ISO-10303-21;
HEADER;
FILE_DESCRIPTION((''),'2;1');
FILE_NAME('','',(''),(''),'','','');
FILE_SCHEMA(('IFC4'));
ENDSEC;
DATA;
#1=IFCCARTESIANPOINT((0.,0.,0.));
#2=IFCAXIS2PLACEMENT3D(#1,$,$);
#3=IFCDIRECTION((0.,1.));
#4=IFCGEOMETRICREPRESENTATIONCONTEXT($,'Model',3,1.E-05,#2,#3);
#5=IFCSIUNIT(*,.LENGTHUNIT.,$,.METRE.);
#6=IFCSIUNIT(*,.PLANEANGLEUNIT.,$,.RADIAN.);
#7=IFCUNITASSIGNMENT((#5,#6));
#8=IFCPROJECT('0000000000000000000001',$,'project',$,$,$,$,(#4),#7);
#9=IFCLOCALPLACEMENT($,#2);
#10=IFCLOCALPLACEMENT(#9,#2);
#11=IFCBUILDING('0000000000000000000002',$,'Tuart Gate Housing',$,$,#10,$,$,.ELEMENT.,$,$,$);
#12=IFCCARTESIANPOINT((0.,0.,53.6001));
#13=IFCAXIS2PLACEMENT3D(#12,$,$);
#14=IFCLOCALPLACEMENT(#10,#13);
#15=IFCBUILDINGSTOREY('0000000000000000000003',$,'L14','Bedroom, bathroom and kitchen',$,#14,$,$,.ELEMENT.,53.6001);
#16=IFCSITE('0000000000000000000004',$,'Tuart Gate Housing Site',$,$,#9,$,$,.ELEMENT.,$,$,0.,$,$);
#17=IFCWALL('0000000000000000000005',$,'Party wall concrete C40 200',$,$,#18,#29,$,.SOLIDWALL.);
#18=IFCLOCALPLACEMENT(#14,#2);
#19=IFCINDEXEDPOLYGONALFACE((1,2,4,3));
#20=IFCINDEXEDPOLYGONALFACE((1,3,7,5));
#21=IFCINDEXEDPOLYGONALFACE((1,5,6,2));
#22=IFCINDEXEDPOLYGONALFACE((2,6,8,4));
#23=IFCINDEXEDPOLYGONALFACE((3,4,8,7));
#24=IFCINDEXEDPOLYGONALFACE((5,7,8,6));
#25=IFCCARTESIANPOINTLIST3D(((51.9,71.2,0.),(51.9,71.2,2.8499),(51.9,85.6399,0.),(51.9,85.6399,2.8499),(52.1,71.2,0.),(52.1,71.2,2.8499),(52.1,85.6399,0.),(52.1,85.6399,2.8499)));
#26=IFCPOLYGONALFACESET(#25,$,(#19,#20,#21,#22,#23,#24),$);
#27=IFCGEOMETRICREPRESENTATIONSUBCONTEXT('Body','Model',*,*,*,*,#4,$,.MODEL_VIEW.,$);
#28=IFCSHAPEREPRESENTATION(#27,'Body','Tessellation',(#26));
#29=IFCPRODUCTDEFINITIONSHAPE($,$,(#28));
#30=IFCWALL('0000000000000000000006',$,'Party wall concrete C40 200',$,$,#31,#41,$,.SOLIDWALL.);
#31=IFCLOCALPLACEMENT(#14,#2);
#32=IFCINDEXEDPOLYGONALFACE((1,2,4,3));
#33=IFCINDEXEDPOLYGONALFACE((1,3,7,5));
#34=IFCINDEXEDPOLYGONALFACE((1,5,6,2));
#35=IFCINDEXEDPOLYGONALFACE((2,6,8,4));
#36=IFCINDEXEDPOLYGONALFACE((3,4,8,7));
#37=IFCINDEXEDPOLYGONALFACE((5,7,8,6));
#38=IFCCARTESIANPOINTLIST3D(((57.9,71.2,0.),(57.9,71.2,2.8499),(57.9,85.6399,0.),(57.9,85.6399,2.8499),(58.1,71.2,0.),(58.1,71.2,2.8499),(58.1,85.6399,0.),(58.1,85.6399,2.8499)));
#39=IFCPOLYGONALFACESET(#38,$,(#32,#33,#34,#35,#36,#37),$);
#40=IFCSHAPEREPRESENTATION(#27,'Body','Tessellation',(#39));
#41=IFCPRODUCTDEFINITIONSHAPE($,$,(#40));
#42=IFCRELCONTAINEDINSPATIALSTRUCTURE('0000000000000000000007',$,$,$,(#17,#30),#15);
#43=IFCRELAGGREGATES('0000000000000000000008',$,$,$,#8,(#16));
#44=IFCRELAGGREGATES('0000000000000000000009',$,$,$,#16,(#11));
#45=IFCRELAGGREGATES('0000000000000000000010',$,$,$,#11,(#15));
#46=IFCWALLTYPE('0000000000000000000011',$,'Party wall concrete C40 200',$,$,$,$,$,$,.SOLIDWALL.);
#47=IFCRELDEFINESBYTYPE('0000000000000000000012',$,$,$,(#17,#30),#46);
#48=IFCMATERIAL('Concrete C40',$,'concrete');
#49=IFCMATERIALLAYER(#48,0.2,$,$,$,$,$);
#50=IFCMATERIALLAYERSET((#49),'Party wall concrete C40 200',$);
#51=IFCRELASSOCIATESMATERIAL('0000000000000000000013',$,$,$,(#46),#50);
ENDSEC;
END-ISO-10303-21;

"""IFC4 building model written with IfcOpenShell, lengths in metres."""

from ifc_helpers import new_model, si_unit, direction, frame, frame_2d, origin, place, context, subcontext, project, spatial, rectangle, extrude, material, layer, layer_set, type_object, element, save


model = new_model("IFC4")

# Units and contexts
model_context = context("Model", 3, precision=1e-05, world=origin(), true_north=direction((0.0, 1.0)))
body_context = subcontext(model_context, "Body", "Model", "MODEL_VIEW")
ifc_project = project(units=[si_unit("LENGTHUNIT", "METRE"), si_unit("PLANEANGLEUNIT", "RADIAN")], contexts=[model_context])

# Site, building, storey
site_placement = place(None, origin())
site = spatial("IfcSite", under=ifc_project, at=site_placement, Name="Tuart Gate Housing Site", CompositionType="ELEMENT", RefElevation=0.0)
building_placement = place(site_placement, origin())
building = spatial("IfcBuilding", under=site, at=building_placement, Name="Tuart Gate Housing", CompositionType="ELEMENT")
storey_placement = place(building_placement, frame((0.0, 0.0, 53.6001)))
storey = spatial("IfcBuildingStorey", under=building, at=storey_placement, Name="L14", Description="Bedroom, bathroom and kitchen", CompositionType="ELEMENT", Elevation=53.6001)

# Walls
ifc_material_1 = material(Name="Concrete C40", Category="concrete")
ifc_layer_1 = layer(ifc_material_1, 0.2)
ifc_layer_set_1 = layer_set([ifc_layer_1], Name="Party wall concrete C40 200")
wall_type_1 = type_object("IfcWallType", Name="Party wall concrete C40 200", PredefinedType="SOLIDWALL", material=ifc_layer_set_1)
for number, where, z_axis, x_axis, name in (
    (1, (52.0, 71.2, 0.0), (0.0, 0.0, 1.0), (0.0, 1.0, 0.0), "Party wall concrete C40 200"),
    (2, (58.0, 71.2, 0.0), (0.0, 0.0, 1.0), (0.0, 1.0, 0.0), "Party wall concrete C40 200"),
):
    element("IfcWall", number, at=place(storey_placement, frame(where, z_axis=z_axis, x_axis=x_axis)), inside=storey, type_object=wall_type_1, Name=name, PredefinedType="SOLIDWALL", context=body_context, shape_type="SweptSolid", body=[
        extrude(rectangle(XDim=14.4399, YDim=0.2, at=frame_2d((7.22, 0.0))), origin(), (0.0, 0.0, 1.0), 2.8499),
    ])

save(model, "model.ifc")
